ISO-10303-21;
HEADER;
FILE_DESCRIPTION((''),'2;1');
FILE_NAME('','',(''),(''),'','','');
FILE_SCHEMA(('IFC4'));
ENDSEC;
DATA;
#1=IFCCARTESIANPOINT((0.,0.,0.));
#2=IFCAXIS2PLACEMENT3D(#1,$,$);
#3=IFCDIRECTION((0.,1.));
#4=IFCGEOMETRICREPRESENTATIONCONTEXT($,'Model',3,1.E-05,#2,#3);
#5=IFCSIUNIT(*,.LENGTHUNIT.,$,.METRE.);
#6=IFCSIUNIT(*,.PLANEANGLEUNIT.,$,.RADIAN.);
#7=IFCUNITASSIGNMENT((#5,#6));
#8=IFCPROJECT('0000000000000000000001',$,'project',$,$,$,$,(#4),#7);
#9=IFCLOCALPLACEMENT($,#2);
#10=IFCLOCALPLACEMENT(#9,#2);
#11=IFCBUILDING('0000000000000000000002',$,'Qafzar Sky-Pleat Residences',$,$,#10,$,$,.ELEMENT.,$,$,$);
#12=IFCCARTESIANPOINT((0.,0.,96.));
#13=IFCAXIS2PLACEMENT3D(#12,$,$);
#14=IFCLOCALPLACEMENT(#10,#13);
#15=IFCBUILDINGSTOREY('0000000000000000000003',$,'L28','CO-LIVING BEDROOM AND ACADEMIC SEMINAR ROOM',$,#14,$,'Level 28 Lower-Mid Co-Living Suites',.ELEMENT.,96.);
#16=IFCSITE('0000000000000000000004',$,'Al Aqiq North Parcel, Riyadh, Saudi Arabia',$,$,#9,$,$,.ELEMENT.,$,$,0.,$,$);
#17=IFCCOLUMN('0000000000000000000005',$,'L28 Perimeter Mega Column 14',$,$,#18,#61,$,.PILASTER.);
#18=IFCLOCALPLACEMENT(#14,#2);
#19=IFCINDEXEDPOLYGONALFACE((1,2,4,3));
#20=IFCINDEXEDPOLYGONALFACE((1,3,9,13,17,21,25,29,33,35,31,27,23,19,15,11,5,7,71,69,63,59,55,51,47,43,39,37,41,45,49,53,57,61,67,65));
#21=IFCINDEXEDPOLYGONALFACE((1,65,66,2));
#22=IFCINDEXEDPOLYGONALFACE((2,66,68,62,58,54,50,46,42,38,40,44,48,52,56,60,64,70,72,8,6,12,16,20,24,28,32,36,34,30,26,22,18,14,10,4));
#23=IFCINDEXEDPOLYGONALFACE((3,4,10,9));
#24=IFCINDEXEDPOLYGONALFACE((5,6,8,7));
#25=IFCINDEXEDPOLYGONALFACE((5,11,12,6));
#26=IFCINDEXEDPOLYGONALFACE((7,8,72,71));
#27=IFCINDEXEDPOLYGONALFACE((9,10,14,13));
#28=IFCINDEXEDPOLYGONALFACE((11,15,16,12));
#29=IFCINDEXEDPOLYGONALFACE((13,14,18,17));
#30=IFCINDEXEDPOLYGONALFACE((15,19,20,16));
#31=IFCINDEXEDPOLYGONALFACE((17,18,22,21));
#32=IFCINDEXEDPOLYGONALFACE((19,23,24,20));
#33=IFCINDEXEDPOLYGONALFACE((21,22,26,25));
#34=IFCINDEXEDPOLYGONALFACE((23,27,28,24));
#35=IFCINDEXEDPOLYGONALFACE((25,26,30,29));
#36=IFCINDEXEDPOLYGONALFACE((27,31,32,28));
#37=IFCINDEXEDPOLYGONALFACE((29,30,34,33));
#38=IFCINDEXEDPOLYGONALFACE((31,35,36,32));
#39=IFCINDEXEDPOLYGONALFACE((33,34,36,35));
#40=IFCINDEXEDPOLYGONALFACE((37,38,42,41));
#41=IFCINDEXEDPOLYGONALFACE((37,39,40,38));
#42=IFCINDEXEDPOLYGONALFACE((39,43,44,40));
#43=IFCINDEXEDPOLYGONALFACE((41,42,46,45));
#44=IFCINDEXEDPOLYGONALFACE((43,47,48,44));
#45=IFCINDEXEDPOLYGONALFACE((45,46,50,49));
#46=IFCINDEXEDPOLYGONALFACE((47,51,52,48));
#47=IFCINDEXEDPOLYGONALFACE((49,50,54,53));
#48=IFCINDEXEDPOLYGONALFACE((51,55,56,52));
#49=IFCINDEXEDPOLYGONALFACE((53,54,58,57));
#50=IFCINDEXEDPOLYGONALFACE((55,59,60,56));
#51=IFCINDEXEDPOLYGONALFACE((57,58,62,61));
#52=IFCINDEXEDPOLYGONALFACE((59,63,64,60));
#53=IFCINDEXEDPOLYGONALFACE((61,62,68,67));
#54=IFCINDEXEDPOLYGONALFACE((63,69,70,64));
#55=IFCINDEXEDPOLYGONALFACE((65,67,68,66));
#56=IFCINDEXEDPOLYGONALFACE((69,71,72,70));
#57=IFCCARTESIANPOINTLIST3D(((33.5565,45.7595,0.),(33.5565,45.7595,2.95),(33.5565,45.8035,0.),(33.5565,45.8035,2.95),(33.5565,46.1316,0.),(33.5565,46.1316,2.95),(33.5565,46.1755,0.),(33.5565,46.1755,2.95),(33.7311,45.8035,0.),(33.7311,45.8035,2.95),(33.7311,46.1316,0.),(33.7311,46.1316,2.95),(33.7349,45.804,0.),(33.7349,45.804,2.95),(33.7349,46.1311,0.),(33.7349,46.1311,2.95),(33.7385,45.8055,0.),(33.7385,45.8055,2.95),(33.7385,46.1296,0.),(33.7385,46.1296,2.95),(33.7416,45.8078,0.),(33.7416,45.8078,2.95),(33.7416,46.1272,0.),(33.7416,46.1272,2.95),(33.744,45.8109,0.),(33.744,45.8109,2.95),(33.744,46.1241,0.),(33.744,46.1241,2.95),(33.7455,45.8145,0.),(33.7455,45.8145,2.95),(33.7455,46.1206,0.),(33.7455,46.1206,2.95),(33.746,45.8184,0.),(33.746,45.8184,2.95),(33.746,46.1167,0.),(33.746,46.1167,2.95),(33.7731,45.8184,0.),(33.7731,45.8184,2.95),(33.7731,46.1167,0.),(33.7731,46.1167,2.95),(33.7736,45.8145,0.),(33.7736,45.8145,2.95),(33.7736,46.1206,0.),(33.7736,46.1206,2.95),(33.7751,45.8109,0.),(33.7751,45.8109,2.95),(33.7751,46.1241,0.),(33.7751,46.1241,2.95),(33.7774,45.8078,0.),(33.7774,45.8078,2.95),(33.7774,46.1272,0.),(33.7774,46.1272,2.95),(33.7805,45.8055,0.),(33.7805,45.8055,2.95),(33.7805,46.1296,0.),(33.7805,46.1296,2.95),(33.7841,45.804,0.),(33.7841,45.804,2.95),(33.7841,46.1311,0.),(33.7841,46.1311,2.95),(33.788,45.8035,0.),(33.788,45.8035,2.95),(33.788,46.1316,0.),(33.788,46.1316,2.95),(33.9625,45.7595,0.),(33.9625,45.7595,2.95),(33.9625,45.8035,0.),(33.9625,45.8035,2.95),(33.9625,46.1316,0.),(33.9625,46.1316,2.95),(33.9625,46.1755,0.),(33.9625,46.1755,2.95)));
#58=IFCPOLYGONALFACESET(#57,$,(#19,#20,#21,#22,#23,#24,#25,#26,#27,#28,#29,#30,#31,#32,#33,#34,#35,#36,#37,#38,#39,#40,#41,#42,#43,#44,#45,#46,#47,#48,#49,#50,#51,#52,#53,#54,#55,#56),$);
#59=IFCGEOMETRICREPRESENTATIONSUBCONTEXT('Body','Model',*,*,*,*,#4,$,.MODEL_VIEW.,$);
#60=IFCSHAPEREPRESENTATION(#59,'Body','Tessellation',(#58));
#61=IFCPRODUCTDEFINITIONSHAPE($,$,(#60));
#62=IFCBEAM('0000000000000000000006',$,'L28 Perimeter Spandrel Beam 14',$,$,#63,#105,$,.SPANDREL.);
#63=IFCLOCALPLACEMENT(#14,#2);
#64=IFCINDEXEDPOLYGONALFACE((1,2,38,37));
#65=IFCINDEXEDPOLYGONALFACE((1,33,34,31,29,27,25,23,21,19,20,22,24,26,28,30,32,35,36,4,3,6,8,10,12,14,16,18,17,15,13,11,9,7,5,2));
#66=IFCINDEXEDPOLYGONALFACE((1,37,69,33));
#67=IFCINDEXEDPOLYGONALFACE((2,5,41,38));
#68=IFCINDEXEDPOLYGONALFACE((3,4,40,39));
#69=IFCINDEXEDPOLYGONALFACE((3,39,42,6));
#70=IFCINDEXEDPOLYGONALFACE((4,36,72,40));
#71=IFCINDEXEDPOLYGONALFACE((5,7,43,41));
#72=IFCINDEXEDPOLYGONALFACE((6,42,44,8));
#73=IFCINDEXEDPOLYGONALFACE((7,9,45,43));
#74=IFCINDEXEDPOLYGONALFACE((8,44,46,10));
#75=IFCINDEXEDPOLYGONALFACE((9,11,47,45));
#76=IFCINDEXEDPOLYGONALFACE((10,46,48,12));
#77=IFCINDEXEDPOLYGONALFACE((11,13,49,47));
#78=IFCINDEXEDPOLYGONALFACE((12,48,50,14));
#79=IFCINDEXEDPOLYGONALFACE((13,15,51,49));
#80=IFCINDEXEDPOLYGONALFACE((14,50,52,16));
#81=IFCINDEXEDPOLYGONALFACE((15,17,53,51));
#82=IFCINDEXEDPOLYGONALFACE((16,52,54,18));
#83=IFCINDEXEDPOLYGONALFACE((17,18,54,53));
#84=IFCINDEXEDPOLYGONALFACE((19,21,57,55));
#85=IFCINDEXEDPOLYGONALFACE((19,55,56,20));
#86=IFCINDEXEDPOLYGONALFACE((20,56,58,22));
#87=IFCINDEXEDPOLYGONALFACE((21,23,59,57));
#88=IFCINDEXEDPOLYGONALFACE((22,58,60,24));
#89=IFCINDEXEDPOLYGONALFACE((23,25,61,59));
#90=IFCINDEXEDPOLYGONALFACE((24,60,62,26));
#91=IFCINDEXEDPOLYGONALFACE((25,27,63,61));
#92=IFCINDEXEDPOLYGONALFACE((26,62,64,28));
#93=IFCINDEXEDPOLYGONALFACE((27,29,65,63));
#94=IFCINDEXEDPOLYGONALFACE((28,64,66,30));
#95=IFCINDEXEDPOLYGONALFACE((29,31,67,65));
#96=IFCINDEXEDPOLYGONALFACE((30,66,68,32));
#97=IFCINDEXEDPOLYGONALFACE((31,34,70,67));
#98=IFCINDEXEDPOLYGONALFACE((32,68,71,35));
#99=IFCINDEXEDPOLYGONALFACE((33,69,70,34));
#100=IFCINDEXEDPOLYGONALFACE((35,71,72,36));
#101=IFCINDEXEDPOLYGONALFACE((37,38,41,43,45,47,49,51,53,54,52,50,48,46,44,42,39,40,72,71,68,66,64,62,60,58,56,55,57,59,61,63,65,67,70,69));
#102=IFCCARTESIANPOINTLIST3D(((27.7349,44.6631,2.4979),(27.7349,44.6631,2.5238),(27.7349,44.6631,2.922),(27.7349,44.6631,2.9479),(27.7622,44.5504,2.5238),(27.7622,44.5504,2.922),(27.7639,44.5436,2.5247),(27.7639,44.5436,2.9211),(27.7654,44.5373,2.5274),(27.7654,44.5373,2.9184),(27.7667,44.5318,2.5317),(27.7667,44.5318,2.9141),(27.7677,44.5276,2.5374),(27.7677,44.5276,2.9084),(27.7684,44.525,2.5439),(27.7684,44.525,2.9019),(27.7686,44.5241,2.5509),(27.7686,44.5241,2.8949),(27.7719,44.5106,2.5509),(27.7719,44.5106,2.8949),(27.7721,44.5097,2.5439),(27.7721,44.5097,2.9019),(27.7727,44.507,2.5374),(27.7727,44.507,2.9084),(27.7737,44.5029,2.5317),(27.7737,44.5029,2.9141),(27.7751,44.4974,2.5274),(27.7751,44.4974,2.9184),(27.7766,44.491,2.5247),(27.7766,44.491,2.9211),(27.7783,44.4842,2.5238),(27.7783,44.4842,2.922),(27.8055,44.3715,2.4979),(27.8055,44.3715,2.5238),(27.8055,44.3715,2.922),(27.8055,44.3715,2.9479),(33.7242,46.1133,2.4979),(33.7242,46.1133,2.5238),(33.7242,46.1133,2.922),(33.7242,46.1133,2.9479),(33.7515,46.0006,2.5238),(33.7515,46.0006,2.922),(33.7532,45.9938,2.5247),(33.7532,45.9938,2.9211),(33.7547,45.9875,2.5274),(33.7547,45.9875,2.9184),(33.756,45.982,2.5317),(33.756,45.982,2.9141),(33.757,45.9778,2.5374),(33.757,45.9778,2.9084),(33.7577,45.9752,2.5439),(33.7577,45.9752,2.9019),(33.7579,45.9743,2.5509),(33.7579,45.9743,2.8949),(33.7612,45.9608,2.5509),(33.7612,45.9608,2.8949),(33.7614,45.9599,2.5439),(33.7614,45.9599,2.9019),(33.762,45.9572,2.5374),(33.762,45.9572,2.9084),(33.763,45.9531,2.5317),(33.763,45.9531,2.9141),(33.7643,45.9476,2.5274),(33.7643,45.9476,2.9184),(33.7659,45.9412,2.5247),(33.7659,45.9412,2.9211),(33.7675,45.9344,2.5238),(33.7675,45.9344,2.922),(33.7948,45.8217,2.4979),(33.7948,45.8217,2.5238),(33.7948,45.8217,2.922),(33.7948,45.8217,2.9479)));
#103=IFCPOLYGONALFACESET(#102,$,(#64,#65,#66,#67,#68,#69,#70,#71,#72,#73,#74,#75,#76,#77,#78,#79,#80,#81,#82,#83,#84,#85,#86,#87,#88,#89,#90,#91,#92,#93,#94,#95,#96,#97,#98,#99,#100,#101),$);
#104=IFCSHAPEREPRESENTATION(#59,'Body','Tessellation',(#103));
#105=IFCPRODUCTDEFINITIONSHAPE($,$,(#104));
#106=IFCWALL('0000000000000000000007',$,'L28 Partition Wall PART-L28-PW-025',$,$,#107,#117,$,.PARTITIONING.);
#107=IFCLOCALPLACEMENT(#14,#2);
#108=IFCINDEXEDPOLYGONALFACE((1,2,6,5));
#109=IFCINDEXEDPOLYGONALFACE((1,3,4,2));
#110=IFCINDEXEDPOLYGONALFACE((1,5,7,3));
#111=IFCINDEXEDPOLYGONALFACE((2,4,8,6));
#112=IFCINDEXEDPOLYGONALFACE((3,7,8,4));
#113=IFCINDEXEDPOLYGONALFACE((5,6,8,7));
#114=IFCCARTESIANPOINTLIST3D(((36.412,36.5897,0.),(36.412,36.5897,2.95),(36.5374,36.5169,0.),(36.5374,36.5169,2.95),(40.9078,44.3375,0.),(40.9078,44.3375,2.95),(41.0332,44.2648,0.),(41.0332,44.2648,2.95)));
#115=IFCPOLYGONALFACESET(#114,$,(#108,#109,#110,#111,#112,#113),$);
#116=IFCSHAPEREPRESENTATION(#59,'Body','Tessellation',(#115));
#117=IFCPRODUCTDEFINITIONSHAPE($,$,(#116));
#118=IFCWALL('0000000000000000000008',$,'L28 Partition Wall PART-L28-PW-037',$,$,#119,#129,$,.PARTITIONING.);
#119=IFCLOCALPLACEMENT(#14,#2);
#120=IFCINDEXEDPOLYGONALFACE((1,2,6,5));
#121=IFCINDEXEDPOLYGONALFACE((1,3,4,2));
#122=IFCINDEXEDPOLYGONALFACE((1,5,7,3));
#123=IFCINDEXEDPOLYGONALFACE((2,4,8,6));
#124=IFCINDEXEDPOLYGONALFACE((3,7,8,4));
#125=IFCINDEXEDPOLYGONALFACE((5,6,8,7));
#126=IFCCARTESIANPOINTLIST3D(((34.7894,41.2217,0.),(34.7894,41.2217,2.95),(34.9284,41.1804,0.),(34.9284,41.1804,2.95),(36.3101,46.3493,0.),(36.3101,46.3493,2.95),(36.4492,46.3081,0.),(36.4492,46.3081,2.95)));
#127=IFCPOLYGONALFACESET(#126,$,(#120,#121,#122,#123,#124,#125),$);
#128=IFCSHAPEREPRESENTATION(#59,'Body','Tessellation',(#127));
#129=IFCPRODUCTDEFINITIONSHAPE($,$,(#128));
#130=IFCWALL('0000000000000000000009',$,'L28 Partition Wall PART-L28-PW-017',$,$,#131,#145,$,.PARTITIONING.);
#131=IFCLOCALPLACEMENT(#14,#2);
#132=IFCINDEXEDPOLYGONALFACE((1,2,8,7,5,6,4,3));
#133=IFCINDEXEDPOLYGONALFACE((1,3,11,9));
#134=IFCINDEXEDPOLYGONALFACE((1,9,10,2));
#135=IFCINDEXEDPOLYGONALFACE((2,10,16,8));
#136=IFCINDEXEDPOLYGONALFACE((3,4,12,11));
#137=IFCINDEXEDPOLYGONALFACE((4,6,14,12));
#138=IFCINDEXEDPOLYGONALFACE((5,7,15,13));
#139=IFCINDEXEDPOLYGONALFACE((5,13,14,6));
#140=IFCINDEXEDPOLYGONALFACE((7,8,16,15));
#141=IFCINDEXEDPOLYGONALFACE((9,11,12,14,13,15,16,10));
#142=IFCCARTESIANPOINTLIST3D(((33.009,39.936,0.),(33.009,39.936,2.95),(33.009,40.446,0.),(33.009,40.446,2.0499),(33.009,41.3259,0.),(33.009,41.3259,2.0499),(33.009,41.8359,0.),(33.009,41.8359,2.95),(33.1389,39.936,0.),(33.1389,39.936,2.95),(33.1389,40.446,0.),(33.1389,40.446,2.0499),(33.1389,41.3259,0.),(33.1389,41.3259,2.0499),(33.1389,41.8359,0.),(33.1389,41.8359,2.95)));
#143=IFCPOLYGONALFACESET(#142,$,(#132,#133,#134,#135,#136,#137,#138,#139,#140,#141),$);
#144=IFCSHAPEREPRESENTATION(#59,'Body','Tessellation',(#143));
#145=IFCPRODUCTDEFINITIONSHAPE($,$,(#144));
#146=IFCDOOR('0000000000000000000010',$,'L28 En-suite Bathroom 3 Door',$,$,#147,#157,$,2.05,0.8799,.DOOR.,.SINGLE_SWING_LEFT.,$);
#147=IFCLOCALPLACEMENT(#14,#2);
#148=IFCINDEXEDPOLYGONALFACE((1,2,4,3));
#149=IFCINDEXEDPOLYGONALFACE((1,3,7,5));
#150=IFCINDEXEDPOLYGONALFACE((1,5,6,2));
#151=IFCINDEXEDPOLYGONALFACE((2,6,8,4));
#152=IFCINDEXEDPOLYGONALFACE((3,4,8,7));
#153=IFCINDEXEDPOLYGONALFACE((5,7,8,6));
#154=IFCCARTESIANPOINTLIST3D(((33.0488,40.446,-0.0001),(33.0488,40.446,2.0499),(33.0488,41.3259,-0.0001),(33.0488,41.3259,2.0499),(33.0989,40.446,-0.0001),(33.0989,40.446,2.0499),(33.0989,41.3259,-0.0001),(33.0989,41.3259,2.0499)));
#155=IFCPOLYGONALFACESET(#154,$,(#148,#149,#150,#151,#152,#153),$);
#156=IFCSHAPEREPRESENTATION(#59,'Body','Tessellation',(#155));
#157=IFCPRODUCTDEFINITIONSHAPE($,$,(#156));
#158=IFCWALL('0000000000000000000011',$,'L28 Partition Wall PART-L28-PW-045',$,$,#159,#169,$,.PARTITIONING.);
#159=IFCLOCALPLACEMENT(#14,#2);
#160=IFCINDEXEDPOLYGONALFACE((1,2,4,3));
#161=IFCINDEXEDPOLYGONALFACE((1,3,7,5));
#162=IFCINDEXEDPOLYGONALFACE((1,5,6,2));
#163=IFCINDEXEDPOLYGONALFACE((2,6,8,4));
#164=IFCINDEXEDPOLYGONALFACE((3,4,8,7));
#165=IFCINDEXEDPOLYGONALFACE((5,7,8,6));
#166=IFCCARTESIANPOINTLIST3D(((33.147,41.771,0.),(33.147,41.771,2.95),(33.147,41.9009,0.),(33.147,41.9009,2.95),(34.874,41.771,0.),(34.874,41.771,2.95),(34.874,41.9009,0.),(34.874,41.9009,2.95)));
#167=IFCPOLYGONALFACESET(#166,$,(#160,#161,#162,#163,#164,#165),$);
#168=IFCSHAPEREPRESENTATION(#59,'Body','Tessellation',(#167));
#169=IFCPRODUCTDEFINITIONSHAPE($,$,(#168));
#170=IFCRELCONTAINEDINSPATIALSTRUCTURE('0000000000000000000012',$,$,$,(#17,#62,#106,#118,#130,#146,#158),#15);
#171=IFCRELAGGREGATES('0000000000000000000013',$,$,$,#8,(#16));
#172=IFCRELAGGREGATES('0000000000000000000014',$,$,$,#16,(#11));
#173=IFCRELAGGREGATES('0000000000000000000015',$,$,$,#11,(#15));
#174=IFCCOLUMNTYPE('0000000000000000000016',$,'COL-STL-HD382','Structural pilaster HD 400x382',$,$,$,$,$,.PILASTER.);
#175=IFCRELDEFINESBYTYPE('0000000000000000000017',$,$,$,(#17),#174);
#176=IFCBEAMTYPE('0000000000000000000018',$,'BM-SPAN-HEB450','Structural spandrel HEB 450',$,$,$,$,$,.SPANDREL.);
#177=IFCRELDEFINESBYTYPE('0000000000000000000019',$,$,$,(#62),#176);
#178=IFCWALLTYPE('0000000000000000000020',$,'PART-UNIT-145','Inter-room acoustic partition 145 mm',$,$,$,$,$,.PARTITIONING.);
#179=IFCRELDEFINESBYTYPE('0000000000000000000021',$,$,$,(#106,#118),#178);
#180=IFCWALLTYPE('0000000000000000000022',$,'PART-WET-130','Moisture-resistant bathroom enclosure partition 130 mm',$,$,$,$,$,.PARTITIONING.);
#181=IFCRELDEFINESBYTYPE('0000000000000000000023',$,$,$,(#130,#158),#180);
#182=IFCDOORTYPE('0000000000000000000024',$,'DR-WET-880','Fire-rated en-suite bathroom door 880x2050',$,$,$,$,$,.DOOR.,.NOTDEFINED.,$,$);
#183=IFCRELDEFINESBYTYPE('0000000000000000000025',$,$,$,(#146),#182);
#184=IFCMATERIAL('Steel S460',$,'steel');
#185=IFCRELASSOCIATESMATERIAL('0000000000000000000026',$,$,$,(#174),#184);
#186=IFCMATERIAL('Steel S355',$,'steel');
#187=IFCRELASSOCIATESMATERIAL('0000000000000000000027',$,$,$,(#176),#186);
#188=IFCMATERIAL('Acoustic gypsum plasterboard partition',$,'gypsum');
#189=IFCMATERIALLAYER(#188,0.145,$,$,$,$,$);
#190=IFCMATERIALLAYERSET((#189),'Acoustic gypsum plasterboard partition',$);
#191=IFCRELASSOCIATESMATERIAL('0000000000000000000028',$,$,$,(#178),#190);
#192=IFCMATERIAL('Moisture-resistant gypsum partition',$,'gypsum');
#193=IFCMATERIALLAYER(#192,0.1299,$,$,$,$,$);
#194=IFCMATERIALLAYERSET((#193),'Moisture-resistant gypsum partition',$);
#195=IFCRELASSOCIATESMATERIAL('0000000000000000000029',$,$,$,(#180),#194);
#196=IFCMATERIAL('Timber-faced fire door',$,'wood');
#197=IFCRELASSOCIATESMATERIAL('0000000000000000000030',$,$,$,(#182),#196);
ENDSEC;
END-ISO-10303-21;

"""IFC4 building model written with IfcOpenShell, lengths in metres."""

from ifc_helpers import new_model, si_unit, direction, frame, frame_2d, origin, origin_2d, place, context, subcontext, project, spatial, rectangle, i_section, extrude, source, transform, mapped, material, layer, layer_set, material_profile, profile_set, type_object, element, fill, save


model = new_model("IFC4")

# Units and contexts
model_context = context("Model", 3, precision=1e-05, world=origin(), true_north=direction((0.0, 1.0)))
body_context = subcontext(model_context, "Body", "Model", "MODEL_VIEW")
ifc_project = project(units=[si_unit("LENGTHUNIT", "METRE"), si_unit("PLANEANGLEUNIT", "RADIAN")], contexts=[model_context])

# Site, building, storey
site_placement = place(None, origin())
site = spatial("IfcSite", under=ifc_project, at=site_placement, Name="Al Aqiq North Parcel, Riyadh, Saudi Arabia", CompositionType="ELEMENT", RefElevation=0.0)
building_placement = place(site_placement, origin())
building = spatial("IfcBuilding", under=site, at=building_placement, Name="Qafzar Sky-Pleat Residences", CompositionType="ELEMENT")
storey_placement = place(building_placement, frame((0.0, 0.0, 96.0)))
storey = spatial("IfcBuildingStorey", under=building, at=storey_placement, Name="L28", Description="CO-LIVING BEDROOM AND ACADEMIC SEMINAR ROOM", LongName="Level 28 Lower-Mid Co-Living Suites", CompositionType="ELEMENT", Elevation=96.0)

# Column
ifc_material_1 = material(Name="Steel S460", Category="steel")
ifc_material_profile_1 = material_profile(ifc_material_1, i_section(OverallWidth=0.406, OverallDepth=0.416, WebThickness=0.0271, FlangeThickness=0.0439, FilletRadius=0.0149, at=origin_2d()), Name="HD 400x382")
ifc_profile_set_1 = profile_set([ifc_material_profile_1], Name="Steel S460")
column_type = type_object("IfcColumnType", Name="COL-STL-HD382", Description="Structural pilaster HD 400x382", PredefinedType="PILASTER", material=ifc_profile_set_1)
shared_shape_1 = source(origin(), body_context, "Body", "SweptSolid", [
    extrude(i_section(OverallWidth=0.406, OverallDepth=0.416, WebThickness=0.0271, FlangeThickness=0.0439, FilletRadius=0.0149, at=origin_2d()), origin(), (0.0, 0.0, 1.0), 2.95),
])
column_placement = place(storey_placement, frame((33.7595, 45.9675, 0.0), z_axis=(0.0, 0.0, 1.0), x_axis=(1.0, 0.0, 0.0)))
element("IfcColumn", 1, at=column_placement, inside=storey, type_object=column_type, Name="L28 Perimeter Mega Column 14", PredefinedType="PILASTER", context=body_context, shape_type="MappedRepresentation", body=[
    mapped(shared_shape_1, transform((0.0, 0.0, 0.0), x_axis=(1.0, 0.0, 0.0), y_axis=(0.0, 1.0, 0.0), z_axis=(0.0, 0.0, 1.0), scale=1.0)),
])

# Beam
ifc_material_2 = material(Name="Steel S355", Category="steel")
ifc_material_profile_2 = material_profile(ifc_material_2, i_section(OverallWidth=0.3, OverallDepth=0.45, WebThickness=0.0139, FlangeThickness=0.0259, FilletRadius=0.0271, at=origin_2d()), Name="HEB 450")
ifc_profile_set_2 = profile_set([ifc_material_profile_2], Name="Steel S355")
beam_type = type_object("IfcBeamType", Name="BM-SPAN-HEB450", Description="Structural spandrel HEB 450", PredefinedType="SPANDREL", material=ifc_profile_set_2)
shared_shape_2 = source(origin(), body_context, "Body", "SweptSolid", [
    extrude(i_section(OverallWidth=0.3, OverallDepth=0.45, WebThickness=0.0139, FlangeThickness=0.0259, FilletRadius=0.0271, at=origin_2d()), origin(), (0.0, 0.0, 1.0), 6.1624),
])
beam_placement = place(storey_placement, frame((33.7595, 45.9675, 2.7229), z_axis=(-0.971915, -0.235332, 0.0), x_axis=(0.235332, -0.971915, 0.0)))
element("IfcBeam", 2, at=beam_placement, inside=storey, type_object=beam_type, Name="L28 Perimeter Spandrel Beam 14", PredefinedType="SPANDREL", context=body_context, shape_type="MappedRepresentation", body=[
    mapped(shared_shape_2, transform((0.0, 0.0, 0.0), x_axis=(1.0, 0.0, 0.0), y_axis=(0.0, 1.0, 0.0), z_axis=(0.0, 0.0, 1.0), scale=1.0)),
])

# Walls
ifc_material_3 = material(Name="Acoustic gypsum plasterboard partition", Category="gypsum")
ifc_layer_1 = layer(ifc_material_3, 0.145)
ifc_layer_set_1 = layer_set([ifc_layer_1], Name="Acoustic gypsum plasterboard partition")
wall_type_1 = type_object("IfcWallType", Name="PART-UNIT-145", Description="Inter-room acoustic partition 145 mm", PredefinedType="PARTITIONING", material=ifc_layer_set_1)
wall_1_placement = place(storey_placement, frame((36.4746, 36.5532, 0.0), z_axis=(0.0, 0.0, 1.0), x_axis=(0.501896, 0.864928, 0.0)))
element("IfcWall", 3, at=wall_1_placement, inside=storey, type_object=wall_type_1, Name="L28 Partition Wall PART-L28-PW-025", PredefinedType="PARTITIONING", context=body_context, shape_type="SweptSolid", body=[
    extrude(rectangle(XDim=8.9578, YDim=0.145, at=frame_2d((4.479, 0.0))), origin(), (0.0, 0.0, 1.0), 2.95),
])
wall_2_placement = place(storey_placement, frame((34.8589, 41.2009, 0.0), z_axis=(0.0, 0.0, 1.0), x_axis=(0.284335, 0.958725, 0.0)))
element("IfcWall", 4, at=wall_2_placement, inside=storey, type_object=wall_type_1, Name="L28 Partition Wall PART-L28-PW-037", PredefinedType="PARTITIONING", context=body_context, shape_type="SweptSolid", body=[
    extrude(rectangle(XDim=5.3484, YDim=0.145, at=frame_2d((2.6743, 0.0))), origin(), (0.0, 0.0, 1.0), 2.95),
])

# Wall, opening, door
ifc_material_4 = material(Name="Moisture-resistant gypsum partition", Category="gypsum")
ifc_layer_2 = layer(ifc_material_4, 0.1299)
ifc_layer_set_2 = layer_set([ifc_layer_2], Name="Moisture-resistant gypsum partition")
wall_type_2 = type_object("IfcWallType", Name="PART-WET-130", Description="Moisture-resistant bathroom enclosure partition 130 mm", PredefinedType="PARTITIONING", material=ifc_layer_set_2)
wall_3_placement = place(storey_placement, frame((33.074, 41.8359, 0.0), z_axis=(0.0, 0.0, 1.0), x_axis=(0.0, -1.0, 0.0)))
wall_3 = element("IfcWall", 5, at=wall_3_placement, inside=storey, type_object=wall_type_2, Name="L28 Partition Wall PART-L28-PW-017", PredefinedType="PARTITIONING", context=body_context, shape_type="SweptSolid", body=[
    extrude(rectangle(XDim=1.8999, YDim=0.1299, at=frame_2d((0.95, 0.0))), origin(), (0.0, 0.0, 1.0), 2.95),
])
opening_1_placement = place(wall_3_placement, frame((0.51, 0.0, 0.0)))
opening_1 = element("IfcOpeningElement", 6, at=opening_1_placement, cuts=wall_3, PredefinedType="OPENING", context=body_context, shape_type="SweptSolid", body=[
    extrude(rectangle(XDim=0.8799, YDim=2.05, at=frame_2d((0.4399, 1.0249))), frame((0.0, 0.075, 0.0), z_axis=(0.0, -1.0, 0.0), x_axis=(1.0, 0.0, 0.0)), (0.0, 0.0, 1.0), 0.1499),
])
ifc_material_5 = material(Name="Timber-faced fire door", Category="wood")
door_type_1 = type_object("IfcDoorType", Name="DR-WET-880", Description="Fire-rated en-suite bathroom door 880x2050", OperationType="NOTDEFINED", PredefinedType="DOOR", material=ifc_material_5)
shared_shape_3 = source(origin(), body_context, "Body", "SweptSolid", [
    extrude(rectangle(XDim=0.8799, YDim=2.05, at=frame_2d((0.4399, 1.0249))), frame((0.0, 0.0249, 0.0), z_axis=(0.0, -1.0, 0.0), x_axis=(1.0, 0.0, 0.0)), (0.0, 0.0, 1.0), 0.05),
])
door_1_placement = place(opening_1_placement, origin())
door_1 = element("IfcDoor", 7, at=door_1_placement, inside=storey, type_object=door_type_1, Name="L28 En-suite Bathroom 3 Door", OperationType="SINGLE_SWING_LEFT", OverallHeight=2.05, OverallWidth=0.8799, PredefinedType="DOOR", context=body_context, shape_type="MappedRepresentation", body=[
    mapped(shared_shape_3, transform((0.0, 0.0, 0.0), x_axis=(1.0, 0.0, 0.0), y_axis=(0.0, 1.0, 0.0), z_axis=(0.0, 0.0, 1.0), scale=1.0)),
])
fill(opening_1, door_1)

# Wall
wall_4_placement = place(storey_placement, frame((33.147, 41.8359, 0.0), z_axis=(0.0, 0.0, 1.0), x_axis=(1.0, 0.0, 0.0)))
element("IfcWall", 8, at=wall_4_placement, inside=storey, type_object=wall_type_2, Name="L28 Partition Wall PART-L28-PW-045", PredefinedType="PARTITIONING", context=body_context, shape_type="SweptSolid", body=[
    extrude(rectangle(XDim=1.7271, YDim=0.1299, at=frame_2d((0.8635, 0.0))), origin(), (0.0, 0.0, 1.0), 2.95),
])

save(model, "model.ifc")
